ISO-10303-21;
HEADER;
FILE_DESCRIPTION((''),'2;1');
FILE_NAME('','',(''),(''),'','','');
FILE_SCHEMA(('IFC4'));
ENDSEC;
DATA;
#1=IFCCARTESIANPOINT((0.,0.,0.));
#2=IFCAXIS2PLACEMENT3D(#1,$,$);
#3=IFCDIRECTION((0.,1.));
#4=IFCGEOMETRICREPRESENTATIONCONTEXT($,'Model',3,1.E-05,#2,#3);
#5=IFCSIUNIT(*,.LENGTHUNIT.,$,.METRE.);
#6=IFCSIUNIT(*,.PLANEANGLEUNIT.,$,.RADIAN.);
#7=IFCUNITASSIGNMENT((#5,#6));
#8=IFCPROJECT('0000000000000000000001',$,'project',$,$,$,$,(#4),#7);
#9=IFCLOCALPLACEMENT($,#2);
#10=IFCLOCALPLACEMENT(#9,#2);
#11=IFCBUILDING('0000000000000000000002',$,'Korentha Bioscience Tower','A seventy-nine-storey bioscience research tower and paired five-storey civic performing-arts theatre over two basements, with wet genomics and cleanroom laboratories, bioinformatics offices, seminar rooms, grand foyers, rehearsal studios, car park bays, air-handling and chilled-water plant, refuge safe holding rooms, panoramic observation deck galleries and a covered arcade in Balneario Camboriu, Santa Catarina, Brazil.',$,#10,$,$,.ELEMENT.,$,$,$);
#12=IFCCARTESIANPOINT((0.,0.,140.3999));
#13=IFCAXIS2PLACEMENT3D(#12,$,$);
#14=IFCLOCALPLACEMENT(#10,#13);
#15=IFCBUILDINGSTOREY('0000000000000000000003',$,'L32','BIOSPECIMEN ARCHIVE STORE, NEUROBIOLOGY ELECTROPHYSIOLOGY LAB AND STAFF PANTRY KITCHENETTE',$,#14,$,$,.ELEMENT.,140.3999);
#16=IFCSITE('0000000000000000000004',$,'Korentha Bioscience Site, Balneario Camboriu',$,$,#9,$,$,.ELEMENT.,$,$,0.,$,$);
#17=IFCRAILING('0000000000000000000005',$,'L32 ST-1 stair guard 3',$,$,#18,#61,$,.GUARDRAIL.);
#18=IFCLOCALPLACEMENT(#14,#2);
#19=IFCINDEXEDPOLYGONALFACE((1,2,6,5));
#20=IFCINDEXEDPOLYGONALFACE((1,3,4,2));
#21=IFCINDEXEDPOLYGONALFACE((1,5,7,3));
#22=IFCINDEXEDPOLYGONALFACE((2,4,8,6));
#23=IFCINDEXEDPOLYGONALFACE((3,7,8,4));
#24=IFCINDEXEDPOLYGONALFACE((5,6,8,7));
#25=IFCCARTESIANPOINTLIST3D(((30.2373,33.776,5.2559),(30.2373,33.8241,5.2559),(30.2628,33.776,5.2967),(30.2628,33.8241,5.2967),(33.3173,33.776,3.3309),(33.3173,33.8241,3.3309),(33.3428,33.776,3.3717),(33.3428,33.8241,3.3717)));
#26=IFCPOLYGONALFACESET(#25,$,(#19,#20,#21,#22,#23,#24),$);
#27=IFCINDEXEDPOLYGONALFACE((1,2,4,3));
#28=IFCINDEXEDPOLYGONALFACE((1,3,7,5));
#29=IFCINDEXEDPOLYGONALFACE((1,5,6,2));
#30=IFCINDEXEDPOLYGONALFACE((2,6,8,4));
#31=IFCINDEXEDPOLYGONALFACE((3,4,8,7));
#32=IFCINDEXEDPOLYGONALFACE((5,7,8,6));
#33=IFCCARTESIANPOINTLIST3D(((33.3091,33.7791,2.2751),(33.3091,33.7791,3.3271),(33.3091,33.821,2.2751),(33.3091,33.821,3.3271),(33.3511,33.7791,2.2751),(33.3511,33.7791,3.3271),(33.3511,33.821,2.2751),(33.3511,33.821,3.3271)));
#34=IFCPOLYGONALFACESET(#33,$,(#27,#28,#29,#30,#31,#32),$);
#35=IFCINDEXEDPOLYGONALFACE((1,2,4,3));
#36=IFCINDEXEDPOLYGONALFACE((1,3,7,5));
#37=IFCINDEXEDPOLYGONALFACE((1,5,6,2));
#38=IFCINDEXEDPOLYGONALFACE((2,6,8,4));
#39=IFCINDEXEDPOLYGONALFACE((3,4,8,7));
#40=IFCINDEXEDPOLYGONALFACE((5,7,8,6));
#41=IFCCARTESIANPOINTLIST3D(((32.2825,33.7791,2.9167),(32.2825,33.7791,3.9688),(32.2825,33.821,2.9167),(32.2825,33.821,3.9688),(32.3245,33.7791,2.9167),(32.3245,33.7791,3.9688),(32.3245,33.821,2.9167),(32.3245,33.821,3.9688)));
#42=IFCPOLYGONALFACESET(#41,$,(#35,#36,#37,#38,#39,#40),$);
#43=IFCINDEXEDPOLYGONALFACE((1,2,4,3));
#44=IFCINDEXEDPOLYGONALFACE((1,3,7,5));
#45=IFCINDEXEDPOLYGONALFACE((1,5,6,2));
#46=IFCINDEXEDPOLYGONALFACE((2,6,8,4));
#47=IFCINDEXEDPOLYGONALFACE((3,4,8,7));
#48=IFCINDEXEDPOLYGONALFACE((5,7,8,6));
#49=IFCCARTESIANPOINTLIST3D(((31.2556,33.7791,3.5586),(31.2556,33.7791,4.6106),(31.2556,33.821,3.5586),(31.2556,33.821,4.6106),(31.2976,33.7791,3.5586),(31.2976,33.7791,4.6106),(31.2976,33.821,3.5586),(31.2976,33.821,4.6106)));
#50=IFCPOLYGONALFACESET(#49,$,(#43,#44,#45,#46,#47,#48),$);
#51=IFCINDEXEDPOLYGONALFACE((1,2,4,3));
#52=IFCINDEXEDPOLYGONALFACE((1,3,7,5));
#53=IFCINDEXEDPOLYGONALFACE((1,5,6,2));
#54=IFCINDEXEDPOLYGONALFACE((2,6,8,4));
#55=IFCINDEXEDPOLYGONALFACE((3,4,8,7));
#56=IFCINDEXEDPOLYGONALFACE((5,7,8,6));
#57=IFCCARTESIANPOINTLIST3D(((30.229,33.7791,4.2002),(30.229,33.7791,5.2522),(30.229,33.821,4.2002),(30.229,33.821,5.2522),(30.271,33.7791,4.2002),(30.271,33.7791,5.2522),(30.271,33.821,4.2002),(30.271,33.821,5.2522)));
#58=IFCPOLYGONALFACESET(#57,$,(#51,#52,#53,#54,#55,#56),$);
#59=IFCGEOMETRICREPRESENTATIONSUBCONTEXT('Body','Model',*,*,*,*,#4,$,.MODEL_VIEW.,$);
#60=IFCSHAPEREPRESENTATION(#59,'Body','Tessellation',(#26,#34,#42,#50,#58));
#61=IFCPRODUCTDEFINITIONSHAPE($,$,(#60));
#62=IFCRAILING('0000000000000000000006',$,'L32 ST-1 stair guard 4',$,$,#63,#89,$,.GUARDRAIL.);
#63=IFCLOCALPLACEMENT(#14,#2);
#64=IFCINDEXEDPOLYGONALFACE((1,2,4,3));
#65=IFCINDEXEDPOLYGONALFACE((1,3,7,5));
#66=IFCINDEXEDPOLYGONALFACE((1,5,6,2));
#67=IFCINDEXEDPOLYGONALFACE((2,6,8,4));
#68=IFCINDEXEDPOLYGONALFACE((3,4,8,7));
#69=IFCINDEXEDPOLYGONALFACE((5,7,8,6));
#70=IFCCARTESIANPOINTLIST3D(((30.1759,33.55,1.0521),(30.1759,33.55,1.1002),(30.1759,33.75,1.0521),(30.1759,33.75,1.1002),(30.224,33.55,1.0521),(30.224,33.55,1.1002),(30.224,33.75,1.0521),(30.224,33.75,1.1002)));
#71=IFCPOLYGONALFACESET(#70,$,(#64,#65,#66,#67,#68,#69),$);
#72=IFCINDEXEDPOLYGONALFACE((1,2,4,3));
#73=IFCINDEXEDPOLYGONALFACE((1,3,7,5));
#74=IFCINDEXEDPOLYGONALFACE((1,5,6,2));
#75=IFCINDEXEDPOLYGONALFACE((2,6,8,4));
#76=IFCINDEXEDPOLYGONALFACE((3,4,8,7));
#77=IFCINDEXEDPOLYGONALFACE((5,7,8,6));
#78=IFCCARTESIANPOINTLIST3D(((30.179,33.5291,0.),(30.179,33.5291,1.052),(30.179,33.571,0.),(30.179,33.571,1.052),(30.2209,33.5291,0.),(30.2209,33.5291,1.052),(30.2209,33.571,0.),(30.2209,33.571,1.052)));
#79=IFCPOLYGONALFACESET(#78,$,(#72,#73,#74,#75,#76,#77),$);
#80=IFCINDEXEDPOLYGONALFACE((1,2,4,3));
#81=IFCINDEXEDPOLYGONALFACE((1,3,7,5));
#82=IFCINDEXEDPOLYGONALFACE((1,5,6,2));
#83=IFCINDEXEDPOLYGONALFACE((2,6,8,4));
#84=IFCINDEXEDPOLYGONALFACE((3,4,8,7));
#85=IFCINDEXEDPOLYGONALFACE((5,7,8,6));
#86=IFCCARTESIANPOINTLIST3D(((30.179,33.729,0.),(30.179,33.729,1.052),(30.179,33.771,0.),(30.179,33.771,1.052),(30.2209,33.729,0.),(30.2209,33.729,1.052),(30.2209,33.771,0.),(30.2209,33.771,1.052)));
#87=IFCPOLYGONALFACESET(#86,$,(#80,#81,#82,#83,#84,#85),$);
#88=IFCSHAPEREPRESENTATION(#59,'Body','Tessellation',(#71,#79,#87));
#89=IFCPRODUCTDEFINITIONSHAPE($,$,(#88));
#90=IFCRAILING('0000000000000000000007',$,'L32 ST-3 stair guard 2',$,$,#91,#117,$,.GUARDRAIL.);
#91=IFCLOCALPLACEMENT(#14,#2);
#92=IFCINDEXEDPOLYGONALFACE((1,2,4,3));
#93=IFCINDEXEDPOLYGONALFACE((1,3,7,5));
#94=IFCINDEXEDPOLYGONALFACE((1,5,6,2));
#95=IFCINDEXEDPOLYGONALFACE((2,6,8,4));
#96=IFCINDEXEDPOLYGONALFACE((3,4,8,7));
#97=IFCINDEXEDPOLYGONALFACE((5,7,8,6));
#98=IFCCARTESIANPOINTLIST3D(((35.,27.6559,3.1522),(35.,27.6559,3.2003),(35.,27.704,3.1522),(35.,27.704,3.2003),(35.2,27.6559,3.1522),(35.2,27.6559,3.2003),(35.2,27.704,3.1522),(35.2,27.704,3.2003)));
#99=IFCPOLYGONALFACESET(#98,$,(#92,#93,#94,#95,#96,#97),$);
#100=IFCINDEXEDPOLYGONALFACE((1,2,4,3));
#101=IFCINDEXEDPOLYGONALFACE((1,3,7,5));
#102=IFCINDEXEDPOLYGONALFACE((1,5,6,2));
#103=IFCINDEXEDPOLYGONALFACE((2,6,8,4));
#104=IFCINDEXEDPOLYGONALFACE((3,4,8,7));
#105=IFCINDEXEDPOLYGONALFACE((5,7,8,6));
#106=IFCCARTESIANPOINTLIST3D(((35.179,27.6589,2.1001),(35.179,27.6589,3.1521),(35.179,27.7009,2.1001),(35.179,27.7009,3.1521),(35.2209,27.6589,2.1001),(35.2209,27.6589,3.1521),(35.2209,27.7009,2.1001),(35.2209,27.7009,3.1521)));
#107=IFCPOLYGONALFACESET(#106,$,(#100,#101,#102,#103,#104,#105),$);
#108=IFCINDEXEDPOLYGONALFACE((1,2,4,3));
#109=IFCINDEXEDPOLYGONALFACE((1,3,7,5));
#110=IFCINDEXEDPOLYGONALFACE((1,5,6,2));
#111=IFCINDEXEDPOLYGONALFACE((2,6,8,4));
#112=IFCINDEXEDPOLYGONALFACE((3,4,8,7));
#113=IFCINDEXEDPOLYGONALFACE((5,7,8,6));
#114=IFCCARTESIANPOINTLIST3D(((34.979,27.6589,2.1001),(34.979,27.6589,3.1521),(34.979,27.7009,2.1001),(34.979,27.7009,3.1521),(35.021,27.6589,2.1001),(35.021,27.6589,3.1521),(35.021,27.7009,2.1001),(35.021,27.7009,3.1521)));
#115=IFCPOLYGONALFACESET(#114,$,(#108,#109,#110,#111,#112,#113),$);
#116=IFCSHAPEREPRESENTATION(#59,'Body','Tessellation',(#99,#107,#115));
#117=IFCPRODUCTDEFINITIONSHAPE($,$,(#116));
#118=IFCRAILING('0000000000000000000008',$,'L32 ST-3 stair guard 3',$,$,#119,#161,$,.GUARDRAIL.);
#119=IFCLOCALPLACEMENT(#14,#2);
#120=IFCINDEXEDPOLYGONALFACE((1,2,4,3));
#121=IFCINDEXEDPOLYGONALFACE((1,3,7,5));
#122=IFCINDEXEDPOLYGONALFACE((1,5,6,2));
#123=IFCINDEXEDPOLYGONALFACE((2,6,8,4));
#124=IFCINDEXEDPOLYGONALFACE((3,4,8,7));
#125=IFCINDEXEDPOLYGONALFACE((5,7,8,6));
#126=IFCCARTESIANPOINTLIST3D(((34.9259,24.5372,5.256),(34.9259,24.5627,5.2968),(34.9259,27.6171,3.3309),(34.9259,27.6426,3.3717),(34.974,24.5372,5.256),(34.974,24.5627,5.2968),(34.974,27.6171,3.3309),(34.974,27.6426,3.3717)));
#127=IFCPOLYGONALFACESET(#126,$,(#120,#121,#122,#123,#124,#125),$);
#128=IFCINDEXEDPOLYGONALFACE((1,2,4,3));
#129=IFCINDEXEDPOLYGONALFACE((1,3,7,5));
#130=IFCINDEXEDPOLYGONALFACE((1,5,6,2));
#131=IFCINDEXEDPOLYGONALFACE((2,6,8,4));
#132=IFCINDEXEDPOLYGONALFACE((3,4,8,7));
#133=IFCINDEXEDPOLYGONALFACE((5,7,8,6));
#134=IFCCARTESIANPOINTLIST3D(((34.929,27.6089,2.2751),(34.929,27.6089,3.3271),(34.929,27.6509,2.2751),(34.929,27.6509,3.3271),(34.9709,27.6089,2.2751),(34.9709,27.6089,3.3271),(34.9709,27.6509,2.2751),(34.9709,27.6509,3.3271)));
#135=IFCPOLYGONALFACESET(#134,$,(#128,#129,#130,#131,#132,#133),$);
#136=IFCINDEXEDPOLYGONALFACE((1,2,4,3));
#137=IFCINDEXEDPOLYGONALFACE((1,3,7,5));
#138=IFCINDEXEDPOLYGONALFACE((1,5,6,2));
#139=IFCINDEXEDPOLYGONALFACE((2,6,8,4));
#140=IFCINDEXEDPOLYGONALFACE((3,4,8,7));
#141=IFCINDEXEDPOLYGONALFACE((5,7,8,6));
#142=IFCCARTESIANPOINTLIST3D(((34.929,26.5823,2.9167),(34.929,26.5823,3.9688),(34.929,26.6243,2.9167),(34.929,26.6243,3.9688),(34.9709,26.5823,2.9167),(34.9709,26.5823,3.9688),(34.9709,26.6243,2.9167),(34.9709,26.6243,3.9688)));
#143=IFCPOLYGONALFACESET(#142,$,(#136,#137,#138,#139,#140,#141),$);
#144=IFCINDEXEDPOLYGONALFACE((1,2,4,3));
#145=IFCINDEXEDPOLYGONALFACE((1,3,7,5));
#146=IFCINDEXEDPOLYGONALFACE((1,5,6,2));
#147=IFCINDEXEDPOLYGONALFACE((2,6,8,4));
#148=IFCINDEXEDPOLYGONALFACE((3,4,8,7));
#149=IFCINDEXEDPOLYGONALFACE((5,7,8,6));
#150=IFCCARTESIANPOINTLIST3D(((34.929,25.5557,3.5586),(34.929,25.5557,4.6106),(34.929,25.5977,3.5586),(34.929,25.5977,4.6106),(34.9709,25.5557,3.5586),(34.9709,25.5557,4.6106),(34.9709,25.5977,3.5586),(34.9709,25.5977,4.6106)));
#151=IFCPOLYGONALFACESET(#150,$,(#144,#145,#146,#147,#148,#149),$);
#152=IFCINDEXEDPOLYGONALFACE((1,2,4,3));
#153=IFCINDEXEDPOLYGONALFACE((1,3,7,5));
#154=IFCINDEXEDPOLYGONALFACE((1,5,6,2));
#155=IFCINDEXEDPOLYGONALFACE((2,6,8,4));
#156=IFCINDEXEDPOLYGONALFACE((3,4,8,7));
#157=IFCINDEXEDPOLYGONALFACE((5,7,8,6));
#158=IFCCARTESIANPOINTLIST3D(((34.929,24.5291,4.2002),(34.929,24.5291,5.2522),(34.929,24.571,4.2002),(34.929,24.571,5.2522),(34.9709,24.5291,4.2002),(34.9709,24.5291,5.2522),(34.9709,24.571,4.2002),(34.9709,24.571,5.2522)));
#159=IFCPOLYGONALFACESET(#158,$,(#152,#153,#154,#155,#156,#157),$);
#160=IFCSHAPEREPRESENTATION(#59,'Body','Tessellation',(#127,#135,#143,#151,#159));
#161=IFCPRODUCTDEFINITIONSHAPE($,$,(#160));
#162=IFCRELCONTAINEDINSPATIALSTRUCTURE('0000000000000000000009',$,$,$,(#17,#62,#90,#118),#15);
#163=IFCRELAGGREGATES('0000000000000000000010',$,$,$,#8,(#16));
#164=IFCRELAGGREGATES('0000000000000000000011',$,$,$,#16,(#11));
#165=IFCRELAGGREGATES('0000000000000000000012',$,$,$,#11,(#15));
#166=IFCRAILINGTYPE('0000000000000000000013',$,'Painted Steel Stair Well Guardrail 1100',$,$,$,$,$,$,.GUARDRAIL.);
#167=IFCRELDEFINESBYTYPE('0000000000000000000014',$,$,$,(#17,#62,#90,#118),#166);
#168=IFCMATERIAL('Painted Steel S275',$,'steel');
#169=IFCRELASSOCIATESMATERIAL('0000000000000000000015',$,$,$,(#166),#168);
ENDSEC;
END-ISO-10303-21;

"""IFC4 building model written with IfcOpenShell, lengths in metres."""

from ifc_helpers import new_model, si_unit, direction, frame, origin, origin_2d, place, context, subcontext, project, spatial, rectangle, extrude, material, type_object, element, save


model = new_model("IFC4")

# Units and contexts
model_context = context("Model", 3, precision=1e-05, world=origin(), true_north=direction((0.0, 1.0)))
body_context = subcontext(model_context, "Body", "Model", "MODEL_VIEW")
ifc_project = project(units=[si_unit("LENGTHUNIT", "METRE"), si_unit("PLANEANGLEUNIT", "RADIAN")], contexts=[model_context])

# Site, building, storey
site_placement = place(None, origin())
site = spatial("IfcSite", under=ifc_project, at=site_placement, Name="Korentha Bioscience Site, Balneario Camboriu", CompositionType="ELEMENT", RefElevation=0.0)
building_placement = place(site_placement, origin())
building = spatial("IfcBuilding", under=site, at=building_placement, Name="Korentha Bioscience Tower", Description="A seventy-nine-storey bioscience research tower and paired five-storey civic performing-arts theatre over two basements, with wet genomics and cleanroom laboratories, bioinformatics offices, seminar rooms, grand foyers, rehearsal studios, car park bays, air-handling and chilled-water plant, refuge safe holding rooms, panoramic observation deck galleries and a covered arcade in Balneario Camboriu, Santa Catarina, Brazil.", CompositionType="ELEMENT")
storey_placement = place(building_placement, frame((0.0, 0.0, 140.3999)))
storey = spatial("IfcBuildingStorey", under=building, at=storey_placement, Name="L32", Description="BIOSPECIMEN ARCHIVE STORE, NEUROBIOLOGY ELECTROPHYSIOLOGY LAB AND STAFF PANTRY KITCHENETTE", CompositionType="ELEMENT", Elevation=140.3999)

# Railings
ifc_material_1 = material(Name="Painted Steel S275", Category="steel")
railing_type_1 = type_object("IfcRailingType", Name="Painted Steel Stair Well Guardrail 1100", PredefinedType="GUARDRAIL", material=ifc_material_1)
railing_1_placement = place(storey_placement, frame((33.3301, 33.8, 2.2751)))
element("IfcRailing", 1, at=railing_1_placement, inside=storey, type_object=railing_type_1, Name="L32 ST-1 stair guard 3", PredefinedType="GUARDRAIL", context=body_context, shape_type="SweptSolid", body=[
    extrude(rectangle(XDim=0.0481, YDim=0.0481, at=origin_2d()), frame((0.0, 0.0, 1.0762), z_axis=(-0.847998, 0.0, 0.529999), x_axis=(0.0, -1.0, 0.0)), (0.0, 0.0, 1.0), 3.6321),
    extrude(rectangle(XDim=0.042, YDim=0.042, at=origin_2d()), origin(), (0.0, 0.0, 1.0), 1.052),
    extrude(rectangle(XDim=0.042, YDim=0.042, at=origin_2d()), frame((-1.0266, 0.0, 0.6416)), (0.0, 0.0, 1.0), 1.052),
    extrude(rectangle(XDim=0.042, YDim=0.042, at=origin_2d()), frame((-2.0535, 0.0, 1.2834)), (0.0, 0.0, 1.0), 1.052),
    extrude(rectangle(XDim=0.042, YDim=0.042, at=origin_2d()), frame((-3.0801, 0.0, 1.925)), (0.0, 0.0, 1.0), 1.052),
])
railing_2_placement = place(storey_placement, frame((30.2, 33.55, 0.0)))
element("IfcRailing", 2, at=railing_2_placement, inside=storey, type_object=railing_type_1, Name="L32 ST-1 stair guard 4", PredefinedType="GUARDRAIL", context=body_context, shape_type="SweptSolid", body=[
    extrude(rectangle(XDim=0.0481, YDim=0.0481, at=origin_2d()), frame((0.0, 0.0, 1.0762), z_axis=(0.0, 1.0, 0.0), x_axis=(-1.0, 0.0, 0.0)), (0.0, 0.0, 1.0), 0.2),
    extrude(rectangle(XDim=0.042, YDim=0.042, at=origin_2d()), origin(), (0.0, 0.0, 1.0), 1.052),
    extrude(rectangle(XDim=0.042, YDim=0.042, at=origin_2d()), frame((0.0, 0.2, 0.0)), (0.0, 0.0, 1.0), 1.052),
])
railing_3_placement = place(storey_placement, frame((35.2, 27.6799, 2.1001)))
element("IfcRailing", 3, at=railing_3_placement, inside=storey, type_object=railing_type_1, Name="L32 ST-3 stair guard 2", PredefinedType="GUARDRAIL", context=body_context, shape_type="SweptSolid", body=[
    extrude(rectangle(XDim=0.0481, YDim=0.0481, at=origin_2d()), frame((0.0, 0.0, 1.0762), z_axis=(-1.0, 0.0, 0.0), x_axis=(0.0, -1.0, 0.0)), (0.0, 0.0, 1.0), 0.2),
    extrude(rectangle(XDim=0.042, YDim=0.042, at=origin_2d()), origin(), (0.0, 0.0, 1.0), 1.052),
    extrude(rectangle(XDim=0.042, YDim=0.042, at=origin_2d()), frame((-0.2, 0.0, 0.0)), (0.0, 0.0, 1.0), 1.052),
])
railing_4_placement = place(storey_placement, frame((34.95, 27.6299, 2.2751)))
element("IfcRailing", 4, at=railing_4_placement, inside=storey, type_object=railing_type_1, Name="L32 ST-3 stair guard 3", PredefinedType="GUARDRAIL", context=body_context, shape_type="SweptSolid", body=[
    extrude(rectangle(XDim=0.0481, YDim=0.0481, at=origin_2d()), frame((0.0, 0.0, 1.0762), z_axis=(0.0, -0.847979, 0.530029), x_axis=(1.0, 0.0, 0.0)), (0.0, 0.0, 1.0), 3.6321),
    extrude(rectangle(XDim=0.042, YDim=0.042, at=origin_2d()), origin(), (0.0, 0.0, 1.0), 1.052),
    extrude(rectangle(XDim=0.042, YDim=0.042, at=origin_2d()), frame((0.0, -1.0266, 0.6416)), (0.0, 0.0, 1.0), 1.052),
    extrude(rectangle(XDim=0.042, YDim=0.042, at=origin_2d()), frame((0.0, -2.0532, 1.2834)), (0.0, 0.0, 1.0), 1.052),
    extrude(rectangle(XDim=0.042, YDim=0.042, at=origin_2d()), frame((0.0, -3.0798, 1.925)), (0.0, 0.0, 1.0), 1.052),
])

save(model, "model.ifc")
